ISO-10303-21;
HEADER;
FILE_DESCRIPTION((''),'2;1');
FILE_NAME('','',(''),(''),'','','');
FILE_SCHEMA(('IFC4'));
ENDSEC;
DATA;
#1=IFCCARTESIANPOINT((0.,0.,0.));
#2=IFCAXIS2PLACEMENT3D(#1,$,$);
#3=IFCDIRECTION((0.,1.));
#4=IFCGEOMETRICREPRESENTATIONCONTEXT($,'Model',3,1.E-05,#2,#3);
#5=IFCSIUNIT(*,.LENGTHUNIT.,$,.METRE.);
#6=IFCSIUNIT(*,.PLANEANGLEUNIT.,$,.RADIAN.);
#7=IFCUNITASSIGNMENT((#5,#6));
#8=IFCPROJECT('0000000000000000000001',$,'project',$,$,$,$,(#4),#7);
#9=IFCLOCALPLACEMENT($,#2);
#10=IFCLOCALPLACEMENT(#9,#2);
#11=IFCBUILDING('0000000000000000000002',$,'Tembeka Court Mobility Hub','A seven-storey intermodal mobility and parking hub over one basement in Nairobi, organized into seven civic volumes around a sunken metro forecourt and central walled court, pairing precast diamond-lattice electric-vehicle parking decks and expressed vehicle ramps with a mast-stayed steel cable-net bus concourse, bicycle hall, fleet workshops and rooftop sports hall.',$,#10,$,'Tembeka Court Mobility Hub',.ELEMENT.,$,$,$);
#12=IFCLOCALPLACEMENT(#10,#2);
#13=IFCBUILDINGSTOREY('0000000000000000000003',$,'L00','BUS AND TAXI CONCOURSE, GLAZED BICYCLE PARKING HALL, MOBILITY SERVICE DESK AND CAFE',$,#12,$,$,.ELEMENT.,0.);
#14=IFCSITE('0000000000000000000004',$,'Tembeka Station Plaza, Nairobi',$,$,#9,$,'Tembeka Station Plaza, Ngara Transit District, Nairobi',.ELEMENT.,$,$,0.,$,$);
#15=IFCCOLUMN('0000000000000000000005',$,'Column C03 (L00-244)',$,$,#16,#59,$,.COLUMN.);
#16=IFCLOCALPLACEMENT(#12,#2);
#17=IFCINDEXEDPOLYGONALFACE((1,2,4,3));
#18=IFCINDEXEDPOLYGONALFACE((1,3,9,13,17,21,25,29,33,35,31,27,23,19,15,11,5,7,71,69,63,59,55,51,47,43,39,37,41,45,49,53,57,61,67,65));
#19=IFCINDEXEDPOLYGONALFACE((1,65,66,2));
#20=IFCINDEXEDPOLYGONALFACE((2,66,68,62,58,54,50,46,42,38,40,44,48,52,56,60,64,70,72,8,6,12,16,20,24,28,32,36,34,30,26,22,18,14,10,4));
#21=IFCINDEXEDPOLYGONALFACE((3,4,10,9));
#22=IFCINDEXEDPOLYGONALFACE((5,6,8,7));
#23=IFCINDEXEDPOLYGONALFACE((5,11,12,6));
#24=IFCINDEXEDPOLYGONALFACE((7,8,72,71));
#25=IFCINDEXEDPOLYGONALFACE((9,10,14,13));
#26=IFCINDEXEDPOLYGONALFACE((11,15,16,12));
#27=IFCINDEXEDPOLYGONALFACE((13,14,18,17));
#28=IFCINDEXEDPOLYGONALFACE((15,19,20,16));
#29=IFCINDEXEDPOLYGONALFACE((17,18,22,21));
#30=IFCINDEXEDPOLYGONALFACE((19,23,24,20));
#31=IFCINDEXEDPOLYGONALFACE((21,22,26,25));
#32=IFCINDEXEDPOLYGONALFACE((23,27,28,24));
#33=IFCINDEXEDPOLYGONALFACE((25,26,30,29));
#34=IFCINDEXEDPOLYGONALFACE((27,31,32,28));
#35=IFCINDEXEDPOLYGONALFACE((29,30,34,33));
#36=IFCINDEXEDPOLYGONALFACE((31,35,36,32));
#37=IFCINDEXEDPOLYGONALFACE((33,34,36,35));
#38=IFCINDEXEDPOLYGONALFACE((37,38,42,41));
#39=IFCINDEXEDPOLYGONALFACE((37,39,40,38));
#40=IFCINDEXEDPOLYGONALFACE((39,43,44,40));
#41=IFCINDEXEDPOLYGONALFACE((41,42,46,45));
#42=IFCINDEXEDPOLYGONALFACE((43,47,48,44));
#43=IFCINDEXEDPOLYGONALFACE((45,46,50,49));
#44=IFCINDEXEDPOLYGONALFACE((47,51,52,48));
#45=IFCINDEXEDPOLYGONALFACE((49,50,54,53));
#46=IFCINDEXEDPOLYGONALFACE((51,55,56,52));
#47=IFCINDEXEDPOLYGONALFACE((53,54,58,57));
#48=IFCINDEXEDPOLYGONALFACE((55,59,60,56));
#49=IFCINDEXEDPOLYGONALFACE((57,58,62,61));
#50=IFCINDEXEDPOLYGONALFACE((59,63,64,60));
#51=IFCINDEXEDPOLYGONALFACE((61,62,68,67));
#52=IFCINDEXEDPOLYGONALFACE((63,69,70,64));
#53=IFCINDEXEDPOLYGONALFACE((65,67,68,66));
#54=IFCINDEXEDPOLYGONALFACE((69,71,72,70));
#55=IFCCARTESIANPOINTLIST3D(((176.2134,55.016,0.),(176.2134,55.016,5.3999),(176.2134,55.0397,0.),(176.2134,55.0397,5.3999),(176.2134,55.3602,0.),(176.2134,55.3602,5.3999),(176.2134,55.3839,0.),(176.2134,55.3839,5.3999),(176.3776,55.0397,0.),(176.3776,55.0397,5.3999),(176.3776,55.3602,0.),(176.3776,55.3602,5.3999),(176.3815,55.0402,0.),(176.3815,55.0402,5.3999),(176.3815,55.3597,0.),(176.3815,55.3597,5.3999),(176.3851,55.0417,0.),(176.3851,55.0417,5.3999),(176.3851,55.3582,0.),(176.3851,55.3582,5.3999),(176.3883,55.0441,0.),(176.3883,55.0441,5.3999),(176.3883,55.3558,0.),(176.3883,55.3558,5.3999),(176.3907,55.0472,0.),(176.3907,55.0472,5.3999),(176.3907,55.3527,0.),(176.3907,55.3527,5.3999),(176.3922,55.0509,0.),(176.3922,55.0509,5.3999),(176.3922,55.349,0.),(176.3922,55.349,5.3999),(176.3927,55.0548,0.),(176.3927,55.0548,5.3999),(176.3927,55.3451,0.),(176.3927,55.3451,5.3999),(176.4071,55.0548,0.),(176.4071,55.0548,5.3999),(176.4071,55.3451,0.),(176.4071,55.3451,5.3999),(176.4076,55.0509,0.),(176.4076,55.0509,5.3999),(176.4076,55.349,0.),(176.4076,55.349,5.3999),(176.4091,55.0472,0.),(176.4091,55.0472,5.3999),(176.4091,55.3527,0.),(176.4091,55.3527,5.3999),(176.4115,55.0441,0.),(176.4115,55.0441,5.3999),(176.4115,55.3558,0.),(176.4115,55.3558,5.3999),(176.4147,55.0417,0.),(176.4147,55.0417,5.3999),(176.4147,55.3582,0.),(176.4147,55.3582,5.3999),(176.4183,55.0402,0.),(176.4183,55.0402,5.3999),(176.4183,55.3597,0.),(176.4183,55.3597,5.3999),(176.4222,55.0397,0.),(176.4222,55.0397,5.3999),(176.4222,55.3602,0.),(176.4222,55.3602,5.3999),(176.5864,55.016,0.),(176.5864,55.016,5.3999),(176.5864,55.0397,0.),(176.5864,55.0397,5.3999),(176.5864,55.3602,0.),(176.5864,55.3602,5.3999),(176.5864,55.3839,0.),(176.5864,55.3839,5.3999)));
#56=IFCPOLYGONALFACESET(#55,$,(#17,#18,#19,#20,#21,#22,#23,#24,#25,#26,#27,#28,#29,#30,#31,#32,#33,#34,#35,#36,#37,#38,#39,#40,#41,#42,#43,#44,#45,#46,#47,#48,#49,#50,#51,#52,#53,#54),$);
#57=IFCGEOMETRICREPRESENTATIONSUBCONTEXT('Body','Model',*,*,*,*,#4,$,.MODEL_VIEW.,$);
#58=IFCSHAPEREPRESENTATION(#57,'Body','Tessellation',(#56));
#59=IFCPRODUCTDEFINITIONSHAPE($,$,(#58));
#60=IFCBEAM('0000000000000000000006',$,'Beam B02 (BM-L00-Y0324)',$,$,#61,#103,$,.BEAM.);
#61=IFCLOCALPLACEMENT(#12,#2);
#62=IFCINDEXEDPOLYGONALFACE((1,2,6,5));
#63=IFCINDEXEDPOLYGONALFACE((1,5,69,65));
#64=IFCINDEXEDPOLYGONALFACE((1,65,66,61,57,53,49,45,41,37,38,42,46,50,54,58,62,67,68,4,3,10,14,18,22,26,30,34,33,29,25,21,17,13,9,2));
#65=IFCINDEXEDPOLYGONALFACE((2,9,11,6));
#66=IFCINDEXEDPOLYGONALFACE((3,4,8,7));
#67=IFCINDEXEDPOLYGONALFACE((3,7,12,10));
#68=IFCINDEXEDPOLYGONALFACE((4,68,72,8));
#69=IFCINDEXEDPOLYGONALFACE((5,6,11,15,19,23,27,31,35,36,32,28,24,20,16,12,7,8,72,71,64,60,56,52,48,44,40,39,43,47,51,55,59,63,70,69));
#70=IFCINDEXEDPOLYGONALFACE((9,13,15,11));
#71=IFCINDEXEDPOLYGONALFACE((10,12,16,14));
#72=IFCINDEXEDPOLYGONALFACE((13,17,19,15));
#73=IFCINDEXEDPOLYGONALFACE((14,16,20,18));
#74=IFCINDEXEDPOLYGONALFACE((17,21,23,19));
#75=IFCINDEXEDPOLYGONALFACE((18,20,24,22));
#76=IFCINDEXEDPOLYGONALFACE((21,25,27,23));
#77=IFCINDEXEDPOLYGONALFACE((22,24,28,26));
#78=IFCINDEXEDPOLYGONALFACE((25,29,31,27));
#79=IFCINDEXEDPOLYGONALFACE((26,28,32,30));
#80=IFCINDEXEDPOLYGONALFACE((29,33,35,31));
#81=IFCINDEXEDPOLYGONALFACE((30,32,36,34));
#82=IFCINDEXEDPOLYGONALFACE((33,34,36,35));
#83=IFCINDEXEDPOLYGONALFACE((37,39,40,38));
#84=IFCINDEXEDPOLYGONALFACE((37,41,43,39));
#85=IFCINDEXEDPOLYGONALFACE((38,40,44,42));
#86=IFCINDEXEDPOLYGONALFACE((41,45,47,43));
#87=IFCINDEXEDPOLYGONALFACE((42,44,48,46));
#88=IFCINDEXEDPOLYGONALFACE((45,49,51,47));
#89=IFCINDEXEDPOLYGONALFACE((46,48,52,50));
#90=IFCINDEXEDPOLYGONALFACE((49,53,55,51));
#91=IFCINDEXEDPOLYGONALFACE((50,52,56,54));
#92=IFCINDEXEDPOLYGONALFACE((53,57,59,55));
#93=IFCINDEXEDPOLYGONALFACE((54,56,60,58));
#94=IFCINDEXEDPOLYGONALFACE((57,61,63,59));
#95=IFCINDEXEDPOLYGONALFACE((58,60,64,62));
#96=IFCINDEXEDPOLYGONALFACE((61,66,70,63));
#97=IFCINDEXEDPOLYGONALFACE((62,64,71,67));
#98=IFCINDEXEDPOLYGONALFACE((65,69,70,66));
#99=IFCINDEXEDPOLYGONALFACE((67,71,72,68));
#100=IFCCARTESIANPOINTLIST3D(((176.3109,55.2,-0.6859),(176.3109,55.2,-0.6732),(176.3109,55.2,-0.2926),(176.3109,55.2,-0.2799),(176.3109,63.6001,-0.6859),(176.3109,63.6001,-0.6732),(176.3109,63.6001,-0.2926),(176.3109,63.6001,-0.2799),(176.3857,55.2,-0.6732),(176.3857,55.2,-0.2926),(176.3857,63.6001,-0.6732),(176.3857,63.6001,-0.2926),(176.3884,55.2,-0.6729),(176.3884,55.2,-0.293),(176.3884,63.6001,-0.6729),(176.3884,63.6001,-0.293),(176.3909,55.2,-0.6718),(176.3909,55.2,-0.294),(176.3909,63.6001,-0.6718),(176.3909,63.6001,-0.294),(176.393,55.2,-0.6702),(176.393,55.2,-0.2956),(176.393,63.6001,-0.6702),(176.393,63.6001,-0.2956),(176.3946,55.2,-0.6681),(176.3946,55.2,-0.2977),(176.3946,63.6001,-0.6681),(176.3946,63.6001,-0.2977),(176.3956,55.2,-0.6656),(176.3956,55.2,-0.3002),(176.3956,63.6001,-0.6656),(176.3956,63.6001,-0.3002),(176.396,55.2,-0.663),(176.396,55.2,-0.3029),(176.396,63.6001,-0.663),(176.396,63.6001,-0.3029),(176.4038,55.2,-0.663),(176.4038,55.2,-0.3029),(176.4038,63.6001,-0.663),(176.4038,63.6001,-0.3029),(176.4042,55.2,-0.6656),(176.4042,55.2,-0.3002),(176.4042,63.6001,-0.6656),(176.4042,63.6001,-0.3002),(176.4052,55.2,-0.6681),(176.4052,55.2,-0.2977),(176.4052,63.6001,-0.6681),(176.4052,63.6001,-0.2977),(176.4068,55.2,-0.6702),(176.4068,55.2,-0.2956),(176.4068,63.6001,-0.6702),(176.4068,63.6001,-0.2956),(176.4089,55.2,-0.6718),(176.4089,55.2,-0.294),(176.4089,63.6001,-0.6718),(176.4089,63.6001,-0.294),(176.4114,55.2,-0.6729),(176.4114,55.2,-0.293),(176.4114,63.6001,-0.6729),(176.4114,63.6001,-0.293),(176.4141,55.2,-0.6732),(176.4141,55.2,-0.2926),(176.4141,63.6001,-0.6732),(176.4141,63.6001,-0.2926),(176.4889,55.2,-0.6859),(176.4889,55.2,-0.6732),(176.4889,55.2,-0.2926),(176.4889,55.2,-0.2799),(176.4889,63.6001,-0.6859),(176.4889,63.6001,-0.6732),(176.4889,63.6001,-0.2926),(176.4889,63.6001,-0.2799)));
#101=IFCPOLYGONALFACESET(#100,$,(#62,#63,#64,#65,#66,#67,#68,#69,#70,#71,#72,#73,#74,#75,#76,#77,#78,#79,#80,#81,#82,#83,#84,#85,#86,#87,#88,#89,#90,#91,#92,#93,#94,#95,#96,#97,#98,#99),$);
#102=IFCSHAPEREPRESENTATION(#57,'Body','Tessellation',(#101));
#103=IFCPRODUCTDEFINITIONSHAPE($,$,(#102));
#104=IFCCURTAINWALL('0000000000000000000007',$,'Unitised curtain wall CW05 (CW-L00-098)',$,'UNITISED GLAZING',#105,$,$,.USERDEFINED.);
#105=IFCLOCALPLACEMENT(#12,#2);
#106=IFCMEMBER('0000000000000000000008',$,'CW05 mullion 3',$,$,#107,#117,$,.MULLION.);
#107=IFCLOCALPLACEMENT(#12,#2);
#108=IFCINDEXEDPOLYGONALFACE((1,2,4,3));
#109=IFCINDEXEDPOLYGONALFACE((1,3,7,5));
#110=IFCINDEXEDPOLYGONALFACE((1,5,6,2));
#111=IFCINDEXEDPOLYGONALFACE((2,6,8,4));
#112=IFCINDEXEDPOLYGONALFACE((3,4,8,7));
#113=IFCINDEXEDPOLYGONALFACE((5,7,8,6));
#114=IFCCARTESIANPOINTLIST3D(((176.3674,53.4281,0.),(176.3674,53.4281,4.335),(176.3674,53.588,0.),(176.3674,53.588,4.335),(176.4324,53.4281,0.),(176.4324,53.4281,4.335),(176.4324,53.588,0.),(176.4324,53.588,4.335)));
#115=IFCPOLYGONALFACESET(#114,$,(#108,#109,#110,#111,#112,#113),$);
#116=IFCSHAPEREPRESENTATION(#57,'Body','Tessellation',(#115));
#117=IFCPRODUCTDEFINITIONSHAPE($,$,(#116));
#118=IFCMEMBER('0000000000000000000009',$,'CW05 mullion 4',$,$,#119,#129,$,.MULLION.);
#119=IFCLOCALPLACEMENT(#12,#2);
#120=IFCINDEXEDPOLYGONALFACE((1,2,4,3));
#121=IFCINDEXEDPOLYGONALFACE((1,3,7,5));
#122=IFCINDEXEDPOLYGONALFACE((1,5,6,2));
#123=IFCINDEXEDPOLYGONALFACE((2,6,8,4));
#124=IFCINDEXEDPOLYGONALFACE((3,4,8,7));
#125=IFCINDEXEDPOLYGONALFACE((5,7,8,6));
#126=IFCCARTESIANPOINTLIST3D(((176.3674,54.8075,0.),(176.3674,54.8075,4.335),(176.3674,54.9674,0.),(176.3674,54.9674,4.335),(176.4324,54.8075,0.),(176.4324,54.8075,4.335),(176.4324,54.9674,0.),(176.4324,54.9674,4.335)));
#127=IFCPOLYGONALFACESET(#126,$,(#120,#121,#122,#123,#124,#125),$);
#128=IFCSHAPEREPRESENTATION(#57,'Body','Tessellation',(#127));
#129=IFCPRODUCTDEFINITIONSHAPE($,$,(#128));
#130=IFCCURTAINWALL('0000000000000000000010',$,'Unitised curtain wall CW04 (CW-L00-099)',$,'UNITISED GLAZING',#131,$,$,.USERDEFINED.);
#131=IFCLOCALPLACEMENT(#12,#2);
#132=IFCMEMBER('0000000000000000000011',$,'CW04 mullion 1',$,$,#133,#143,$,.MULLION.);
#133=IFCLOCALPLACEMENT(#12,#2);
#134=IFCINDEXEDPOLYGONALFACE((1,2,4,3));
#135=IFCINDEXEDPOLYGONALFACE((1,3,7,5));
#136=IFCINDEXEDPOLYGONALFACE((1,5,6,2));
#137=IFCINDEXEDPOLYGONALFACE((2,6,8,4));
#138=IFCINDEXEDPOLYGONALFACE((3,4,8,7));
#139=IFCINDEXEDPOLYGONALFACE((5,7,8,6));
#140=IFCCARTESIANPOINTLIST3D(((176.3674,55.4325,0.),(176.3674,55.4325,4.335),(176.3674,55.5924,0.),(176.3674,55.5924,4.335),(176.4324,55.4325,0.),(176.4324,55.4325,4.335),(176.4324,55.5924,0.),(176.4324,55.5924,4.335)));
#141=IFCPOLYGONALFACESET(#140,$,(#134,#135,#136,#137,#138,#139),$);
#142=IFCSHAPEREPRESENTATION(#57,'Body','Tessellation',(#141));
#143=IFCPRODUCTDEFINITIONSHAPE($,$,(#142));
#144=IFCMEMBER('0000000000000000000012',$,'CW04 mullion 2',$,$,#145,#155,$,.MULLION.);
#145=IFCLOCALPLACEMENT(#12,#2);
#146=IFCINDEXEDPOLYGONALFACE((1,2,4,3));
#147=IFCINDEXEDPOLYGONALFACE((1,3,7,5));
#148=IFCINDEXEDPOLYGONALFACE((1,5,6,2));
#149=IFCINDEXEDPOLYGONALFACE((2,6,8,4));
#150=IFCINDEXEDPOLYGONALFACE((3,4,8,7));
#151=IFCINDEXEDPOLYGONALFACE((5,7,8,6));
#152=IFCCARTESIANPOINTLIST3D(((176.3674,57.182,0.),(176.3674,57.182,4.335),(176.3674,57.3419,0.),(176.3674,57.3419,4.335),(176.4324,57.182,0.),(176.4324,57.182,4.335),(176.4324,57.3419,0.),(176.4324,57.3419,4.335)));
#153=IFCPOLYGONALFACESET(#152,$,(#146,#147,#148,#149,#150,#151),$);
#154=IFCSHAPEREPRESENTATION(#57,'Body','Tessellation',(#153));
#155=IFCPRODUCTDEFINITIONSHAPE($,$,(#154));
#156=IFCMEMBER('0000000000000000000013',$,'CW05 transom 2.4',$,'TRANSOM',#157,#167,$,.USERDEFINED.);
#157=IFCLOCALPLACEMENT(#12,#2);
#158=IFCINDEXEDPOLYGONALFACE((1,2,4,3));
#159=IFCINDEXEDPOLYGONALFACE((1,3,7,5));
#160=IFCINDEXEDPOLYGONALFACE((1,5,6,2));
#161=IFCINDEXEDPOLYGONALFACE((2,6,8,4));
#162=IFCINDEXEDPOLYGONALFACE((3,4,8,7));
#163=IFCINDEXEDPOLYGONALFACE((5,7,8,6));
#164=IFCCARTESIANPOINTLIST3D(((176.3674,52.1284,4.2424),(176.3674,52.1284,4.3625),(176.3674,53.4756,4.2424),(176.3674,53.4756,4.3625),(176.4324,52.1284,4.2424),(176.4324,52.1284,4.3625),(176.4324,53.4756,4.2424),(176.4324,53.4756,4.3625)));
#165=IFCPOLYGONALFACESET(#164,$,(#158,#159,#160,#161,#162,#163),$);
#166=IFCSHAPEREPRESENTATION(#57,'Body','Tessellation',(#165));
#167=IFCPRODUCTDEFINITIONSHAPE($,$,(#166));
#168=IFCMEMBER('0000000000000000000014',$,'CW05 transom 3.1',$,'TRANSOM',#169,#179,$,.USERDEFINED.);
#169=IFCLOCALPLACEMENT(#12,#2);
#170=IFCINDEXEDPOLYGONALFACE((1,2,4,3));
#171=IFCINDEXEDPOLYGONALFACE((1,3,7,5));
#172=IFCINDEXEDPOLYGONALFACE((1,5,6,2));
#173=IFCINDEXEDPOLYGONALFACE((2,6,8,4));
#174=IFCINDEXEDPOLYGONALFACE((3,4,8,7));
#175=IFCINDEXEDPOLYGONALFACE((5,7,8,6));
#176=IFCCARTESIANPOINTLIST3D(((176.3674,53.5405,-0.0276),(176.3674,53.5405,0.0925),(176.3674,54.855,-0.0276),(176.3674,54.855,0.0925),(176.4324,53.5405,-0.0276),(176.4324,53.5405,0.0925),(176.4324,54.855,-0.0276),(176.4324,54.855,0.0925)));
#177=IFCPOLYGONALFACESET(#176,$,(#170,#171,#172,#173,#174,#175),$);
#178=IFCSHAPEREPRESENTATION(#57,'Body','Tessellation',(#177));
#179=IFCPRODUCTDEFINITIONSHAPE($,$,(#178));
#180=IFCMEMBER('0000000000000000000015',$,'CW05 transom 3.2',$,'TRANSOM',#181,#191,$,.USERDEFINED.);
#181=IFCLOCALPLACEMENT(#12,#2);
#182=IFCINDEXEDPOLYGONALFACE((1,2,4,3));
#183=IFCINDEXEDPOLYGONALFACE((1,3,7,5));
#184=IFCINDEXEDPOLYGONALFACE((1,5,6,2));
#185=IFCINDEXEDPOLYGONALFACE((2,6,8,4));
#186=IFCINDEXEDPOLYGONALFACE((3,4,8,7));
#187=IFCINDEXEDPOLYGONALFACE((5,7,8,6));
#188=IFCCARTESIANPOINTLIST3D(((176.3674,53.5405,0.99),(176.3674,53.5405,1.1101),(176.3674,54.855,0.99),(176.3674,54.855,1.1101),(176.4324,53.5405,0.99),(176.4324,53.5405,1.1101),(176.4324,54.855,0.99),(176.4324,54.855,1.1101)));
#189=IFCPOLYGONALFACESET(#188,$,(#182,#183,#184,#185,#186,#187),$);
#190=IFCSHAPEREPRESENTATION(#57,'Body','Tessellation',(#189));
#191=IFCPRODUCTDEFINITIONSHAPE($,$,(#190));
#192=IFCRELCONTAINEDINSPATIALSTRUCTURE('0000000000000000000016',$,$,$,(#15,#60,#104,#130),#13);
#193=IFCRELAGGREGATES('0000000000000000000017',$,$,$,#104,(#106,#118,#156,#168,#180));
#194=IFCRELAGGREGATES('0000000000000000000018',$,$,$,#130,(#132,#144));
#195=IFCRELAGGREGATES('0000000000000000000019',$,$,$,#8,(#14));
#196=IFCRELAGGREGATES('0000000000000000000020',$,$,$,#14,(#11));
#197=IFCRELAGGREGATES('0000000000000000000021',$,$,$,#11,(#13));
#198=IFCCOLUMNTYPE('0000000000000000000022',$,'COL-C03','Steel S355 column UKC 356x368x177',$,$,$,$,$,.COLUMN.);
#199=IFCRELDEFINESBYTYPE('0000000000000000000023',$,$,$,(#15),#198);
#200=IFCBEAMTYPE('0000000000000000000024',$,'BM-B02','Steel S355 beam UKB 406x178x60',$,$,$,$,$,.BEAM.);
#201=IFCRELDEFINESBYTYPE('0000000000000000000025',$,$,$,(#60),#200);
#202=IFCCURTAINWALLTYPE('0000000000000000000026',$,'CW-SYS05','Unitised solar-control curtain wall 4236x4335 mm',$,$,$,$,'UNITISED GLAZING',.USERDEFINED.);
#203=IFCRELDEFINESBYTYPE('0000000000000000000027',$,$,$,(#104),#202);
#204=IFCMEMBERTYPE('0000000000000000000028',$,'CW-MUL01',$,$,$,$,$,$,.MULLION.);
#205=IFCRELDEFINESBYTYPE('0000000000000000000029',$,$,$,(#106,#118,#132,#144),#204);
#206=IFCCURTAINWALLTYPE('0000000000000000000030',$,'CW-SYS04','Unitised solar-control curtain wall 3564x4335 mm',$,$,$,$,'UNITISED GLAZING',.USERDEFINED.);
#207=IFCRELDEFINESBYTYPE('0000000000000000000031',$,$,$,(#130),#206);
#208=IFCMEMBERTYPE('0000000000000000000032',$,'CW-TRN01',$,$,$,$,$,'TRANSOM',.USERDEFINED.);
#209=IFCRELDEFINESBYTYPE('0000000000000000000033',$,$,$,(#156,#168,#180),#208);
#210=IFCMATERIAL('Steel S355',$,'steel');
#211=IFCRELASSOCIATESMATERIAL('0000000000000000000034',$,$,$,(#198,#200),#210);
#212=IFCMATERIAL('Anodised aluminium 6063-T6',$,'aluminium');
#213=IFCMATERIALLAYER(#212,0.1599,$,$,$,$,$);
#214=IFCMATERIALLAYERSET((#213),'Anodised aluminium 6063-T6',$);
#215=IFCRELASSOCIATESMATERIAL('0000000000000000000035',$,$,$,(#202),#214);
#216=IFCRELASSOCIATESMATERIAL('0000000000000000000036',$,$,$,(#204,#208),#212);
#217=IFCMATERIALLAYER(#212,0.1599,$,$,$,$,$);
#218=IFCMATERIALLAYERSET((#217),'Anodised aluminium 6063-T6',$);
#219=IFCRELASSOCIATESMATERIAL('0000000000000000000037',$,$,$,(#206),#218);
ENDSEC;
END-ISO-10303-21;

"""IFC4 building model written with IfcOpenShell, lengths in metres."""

from ifc_helpers import new_model, si_unit, direction, frame, origin, origin_2d, place, context, subcontext, project, spatial, rectangle, i_section, extrude, material, layer, layer_set, material_profile, profile_set, type_object, element, aggregate, save


model = new_model("IFC4")

# Units and contexts
model_context = context("Model", 3, precision=1e-05, world=origin(), true_north=direction((0.0, 1.0)))
body_context = subcontext(model_context, "Body", "Model", "MODEL_VIEW")
ifc_project = project(units=[si_unit("LENGTHUNIT", "METRE"), si_unit("PLANEANGLEUNIT", "RADIAN")], contexts=[model_context])

# Site, building, storey
site_placement = place(None, origin())
site = spatial("IfcSite", under=ifc_project, at=site_placement, Name="Tembeka Station Plaza, Nairobi", LongName="Tembeka Station Plaza, Ngara Transit District, Nairobi", CompositionType="ELEMENT", RefElevation=0.0)
building_placement = place(site_placement, origin())
building = spatial("IfcBuilding", under=site, at=building_placement, Name="Tembeka Court Mobility Hub", Description="A seven-storey intermodal mobility and parking hub over one basement in Nairobi, organized into seven civic volumes around a sunken metro forecourt and central walled court, pairing precast diamond-lattice electric-vehicle parking decks and expressed vehicle ramps with a mast-stayed steel cable-net bus concourse, bicycle hall, fleet workshops and rooftop sports hall.", LongName="Tembeka Court Mobility Hub", CompositionType="ELEMENT")
storey_placement = place(building_placement, origin())
storey = spatial("IfcBuildingStorey", under=building, at=storey_placement, Name="L00", Description="BUS AND TAXI CONCOURSE, GLAZED BICYCLE PARKING HALL, MOBILITY SERVICE DESK AND CAFE", CompositionType="ELEMENT", Elevation=0.0)

# Column
ifc_material_1 = material(Name="Steel S355", Category="steel")
ifc_material_profile_1 = material_profile(ifc_material_1, i_section(OverallWidth=0.373, OverallDepth=0.3679, WebThickness=0.0144, FlangeThickness=0.0237, FilletRadius=0.0151, at=origin_2d()), Name="UKC 356x368x177")
ifc_profile_set_1 = profile_set([ifc_material_profile_1], Name="Steel S355")
column_type = type_object("IfcColumnType", Name="COL-C03", Description="Steel S355 column UKC 356x368x177", PredefinedType="COLUMN", material=ifc_profile_set_1)
column_placement = place(storey_placement, frame((176.3999, 55.2, 0.0), z_axis=(0.0, 0.0, 1.0), x_axis=(1.0, 0.0, 0.0)))
element("IfcColumn", 1, at=column_placement, inside=storey, type_object=column_type, Name="Column C03 (L00-244)", PredefinedType="COLUMN", context=body_context, shape_type="SweptSolid", body=[
    extrude(i_section(OverallWidth=0.373, OverallDepth=0.3679, WebThickness=0.0144, FlangeThickness=0.0237, FilletRadius=0.0151, at=origin_2d()), origin(), (0.0, 0.0, 1.0), 5.3999),
])

# Beam
ifc_material_profile_2 = material_profile(ifc_material_1, i_section(OverallWidth=0.178, OverallDepth=0.406, WebThickness=0.0078, FlangeThickness=0.0127, FilletRadius=0.0103, at=origin_2d()), Name="UKB 406x178x60")
ifc_profile_set_2 = profile_set([ifc_material_profile_2], Name="Steel S355")
beam_type = type_object("IfcBeamType", Name="BM-B02", Description="Steel S355 beam UKB 406x178x60", PredefinedType="BEAM", material=ifc_profile_set_2)
beam_placement = place(storey_placement, frame((176.3999, 55.2, -0.4829), z_axis=(0.0, 1.0, 0.0), x_axis=(-1.0, 0.0, 0.0)))
element("IfcBeam", 2, at=beam_placement, inside=storey, type_object=beam_type, Name="Beam B02 (BM-L00-Y0324)", PredefinedType="BEAM", context=body_context, shape_type="SweptSolid", body=[
    extrude(i_section(OverallWidth=0.178, OverallDepth=0.406, WebThickness=0.0078, FlangeThickness=0.0127, FilletRadius=0.0103, at=origin_2d()), origin(), (0.0, 0.0, 1.0), 8.4001),
])

# Curtain walls, members
ifc_material_2 = material(Name="Anodised aluminium 6063-T6", Category="aluminium")
ifc_layer_1 = layer(ifc_material_2, 0.1599)
ifc_layer_set_1 = layer_set([ifc_layer_1], Name="Anodised aluminium 6063-T6")
curtain_wall_type_1 = type_object("IfcCurtainWallType", Name="CW-SYS05", Description="Unitised solar-control curtain wall 4236x4335 mm", ElementType="UNITISED GLAZING", PredefinedType="USERDEFINED", material=ifc_layer_set_1)
curtain_wall_1_placement = place(storey_placement, origin())
curtain_wall_1 = element("IfcCurtainWall", 3, at=curtain_wall_1_placement, inside=storey, type_object=curtain_wall_type_1, Name="Unitised curtain wall CW05 (CW-L00-098)", ObjectType="UNITISED GLAZING", PredefinedType="USERDEFINED")
ifc_material_profile_3 = material_profile(ifc_material_2, rectangle(XDim=0.0649, YDim=0.1599, at=origin_2d()), Name="ALU-MUL 65x160")
ifc_profile_set_3 = profile_set([ifc_material_profile_3], Name="Anodised aluminium 6063-T6")
member_type_1 = type_object("IfcMemberType", Name="CW-MUL01", PredefinedType="MULLION", material=ifc_profile_set_3)
member_1_placement = place(storey_placement, frame((176.3999, 53.5081, 0.0), z_axis=(0.0, 0.0, 1.0), x_axis=(-1.0, 0.0, 0.0)))
member_1 = element("IfcMember", 4, at=member_1_placement, type_object=member_type_1, Name="CW05 mullion 3", PredefinedType="MULLION", context=body_context, shape_type="SweptSolid", body=[
    extrude(rectangle(XDim=0.0649, YDim=0.1599, at=origin_2d()), origin(), (0.0, 0.0, 1.0), 4.335),
])
member_2_placement = place(storey_placement, frame((176.3999, 54.8875, 0.0), z_axis=(0.0, 0.0, 1.0), x_axis=(-1.0, 0.0, 0.0)))
member_2 = element("IfcMember", 5, at=member_2_placement, type_object=member_type_1, Name="CW05 mullion 4", PredefinedType="MULLION", context=body_context, shape_type="SweptSolid", body=[
    extrude(rectangle(XDim=0.0649, YDim=0.1599, at=origin_2d()), origin(), (0.0, 0.0, 1.0), 4.335),
])
ifc_layer_2 = layer(ifc_material_2, 0.1599)
ifc_layer_set_2 = layer_set([ifc_layer_2], Name="Anodised aluminium 6063-T6")
curtain_wall_type_2 = type_object("IfcCurtainWallType", Name="CW-SYS04", Description="Unitised solar-control curtain wall 3564x4335 mm", ElementType="UNITISED GLAZING", PredefinedType="USERDEFINED", material=ifc_layer_set_2)
curtain_wall_2_placement = place(storey_placement, origin())
curtain_wall_2 = element("IfcCurtainWall", 6, at=curtain_wall_2_placement, inside=storey, type_object=curtain_wall_type_2, Name="Unitised curtain wall CW04 (CW-L00-099)", ObjectType="UNITISED GLAZING", PredefinedType="USERDEFINED")
member_3_placement = place(storey_placement, frame((176.3999, 55.5125, 0.0), z_axis=(0.0, 0.0, 1.0), x_axis=(-1.0, 0.0, 0.0)))
member_3 = element("IfcMember", 7, at=member_3_placement, type_object=member_type_1, Name="CW04 mullion 1", PredefinedType="MULLION", context=body_context, shape_type="SweptSolid", body=[
    extrude(rectangle(XDim=0.0649, YDim=0.1599, at=origin_2d()), origin(), (0.0, 0.0, 1.0), 4.335),
])
member_4_placement = place(storey_placement, frame((176.3999, 57.262, 0.0), z_axis=(0.0, 0.0, 1.0), x_axis=(-1.0, 0.0, 0.0)))
member_4 = element("IfcMember", 8, at=member_4_placement, type_object=member_type_1, Name="CW04 mullion 2", PredefinedType="MULLION", context=body_context, shape_type="SweptSolid", body=[
    extrude(rectangle(XDim=0.0649, YDim=0.1599, at=origin_2d()), origin(), (0.0, 0.0, 1.0), 4.335),
])

# Members
ifc_material_profile_4 = material_profile(ifc_material_2, rectangle(XDim=0.0649, YDim=0.1201, at=origin_2d()), Name="ALU-TRN 65x120")
ifc_profile_set_4 = profile_set([ifc_material_profile_4], Name="Anodised aluminium 6063-T6")
member_type_2 = type_object("IfcMemberType", Name="CW-TRN01", ElementType="TRANSOM", PredefinedType="USERDEFINED", material=ifc_profile_set_4)
member_5_placement = place(storey_placement, frame((176.3999, 52.1284, 4.3025), z_axis=(0.0, 1.0, 0.0), x_axis=(-1.0, 0.0, 0.0)))
member_5 = element("IfcMember", 9, at=member_5_placement, type_object=member_type_2, Name="CW05 transom 2.4", ObjectType="TRANSOM", PredefinedType="USERDEFINED", context=body_context, shape_type="SweptSolid", body=[
    extrude(rectangle(XDim=0.0649, YDim=0.1201, at=origin_2d()), origin(), (0.0, 0.0, 1.0), 1.3472),
])
member_6_placement = place(storey_placement, frame((176.3999, 53.5405, 0.0325), z_axis=(0.0, 1.0, 0.0), x_axis=(-1.0, 0.0, 0.0)))
member_6 = element("IfcMember", 10, at=member_6_placement, type_object=member_type_2, Name="CW05 transom 3.1", ObjectType="TRANSOM", PredefinedType="USERDEFINED", context=body_context, shape_type="SweptSolid", body=[
    extrude(rectangle(XDim=0.0649, YDim=0.1201, at=origin_2d()), origin(), (0.0, 0.0, 1.0), 1.3145),
])
member_7_placement = place(storey_placement, frame((176.3999, 53.5405, 1.05), z_axis=(0.0, 1.0, 0.0), x_axis=(-1.0, 0.0, 0.0)))
member_7 = element("IfcMember", 11, at=member_7_placement, type_object=member_type_2, Name="CW05 transom 3.2", ObjectType="TRANSOM", PredefinedType="USERDEFINED", context=body_context, shape_type="SweptSolid", body=[
    extrude(rectangle(XDim=0.0649, YDim=0.1201, at=origin_2d()), origin(), (0.0, 0.0, 1.0), 1.3145),
])

aggregate(curtain_wall_1, [member_1, member_2, member_5, member_6, member_7])
aggregate(curtain_wall_2, [member_3, member_4])

save(model, "model.ifc")
